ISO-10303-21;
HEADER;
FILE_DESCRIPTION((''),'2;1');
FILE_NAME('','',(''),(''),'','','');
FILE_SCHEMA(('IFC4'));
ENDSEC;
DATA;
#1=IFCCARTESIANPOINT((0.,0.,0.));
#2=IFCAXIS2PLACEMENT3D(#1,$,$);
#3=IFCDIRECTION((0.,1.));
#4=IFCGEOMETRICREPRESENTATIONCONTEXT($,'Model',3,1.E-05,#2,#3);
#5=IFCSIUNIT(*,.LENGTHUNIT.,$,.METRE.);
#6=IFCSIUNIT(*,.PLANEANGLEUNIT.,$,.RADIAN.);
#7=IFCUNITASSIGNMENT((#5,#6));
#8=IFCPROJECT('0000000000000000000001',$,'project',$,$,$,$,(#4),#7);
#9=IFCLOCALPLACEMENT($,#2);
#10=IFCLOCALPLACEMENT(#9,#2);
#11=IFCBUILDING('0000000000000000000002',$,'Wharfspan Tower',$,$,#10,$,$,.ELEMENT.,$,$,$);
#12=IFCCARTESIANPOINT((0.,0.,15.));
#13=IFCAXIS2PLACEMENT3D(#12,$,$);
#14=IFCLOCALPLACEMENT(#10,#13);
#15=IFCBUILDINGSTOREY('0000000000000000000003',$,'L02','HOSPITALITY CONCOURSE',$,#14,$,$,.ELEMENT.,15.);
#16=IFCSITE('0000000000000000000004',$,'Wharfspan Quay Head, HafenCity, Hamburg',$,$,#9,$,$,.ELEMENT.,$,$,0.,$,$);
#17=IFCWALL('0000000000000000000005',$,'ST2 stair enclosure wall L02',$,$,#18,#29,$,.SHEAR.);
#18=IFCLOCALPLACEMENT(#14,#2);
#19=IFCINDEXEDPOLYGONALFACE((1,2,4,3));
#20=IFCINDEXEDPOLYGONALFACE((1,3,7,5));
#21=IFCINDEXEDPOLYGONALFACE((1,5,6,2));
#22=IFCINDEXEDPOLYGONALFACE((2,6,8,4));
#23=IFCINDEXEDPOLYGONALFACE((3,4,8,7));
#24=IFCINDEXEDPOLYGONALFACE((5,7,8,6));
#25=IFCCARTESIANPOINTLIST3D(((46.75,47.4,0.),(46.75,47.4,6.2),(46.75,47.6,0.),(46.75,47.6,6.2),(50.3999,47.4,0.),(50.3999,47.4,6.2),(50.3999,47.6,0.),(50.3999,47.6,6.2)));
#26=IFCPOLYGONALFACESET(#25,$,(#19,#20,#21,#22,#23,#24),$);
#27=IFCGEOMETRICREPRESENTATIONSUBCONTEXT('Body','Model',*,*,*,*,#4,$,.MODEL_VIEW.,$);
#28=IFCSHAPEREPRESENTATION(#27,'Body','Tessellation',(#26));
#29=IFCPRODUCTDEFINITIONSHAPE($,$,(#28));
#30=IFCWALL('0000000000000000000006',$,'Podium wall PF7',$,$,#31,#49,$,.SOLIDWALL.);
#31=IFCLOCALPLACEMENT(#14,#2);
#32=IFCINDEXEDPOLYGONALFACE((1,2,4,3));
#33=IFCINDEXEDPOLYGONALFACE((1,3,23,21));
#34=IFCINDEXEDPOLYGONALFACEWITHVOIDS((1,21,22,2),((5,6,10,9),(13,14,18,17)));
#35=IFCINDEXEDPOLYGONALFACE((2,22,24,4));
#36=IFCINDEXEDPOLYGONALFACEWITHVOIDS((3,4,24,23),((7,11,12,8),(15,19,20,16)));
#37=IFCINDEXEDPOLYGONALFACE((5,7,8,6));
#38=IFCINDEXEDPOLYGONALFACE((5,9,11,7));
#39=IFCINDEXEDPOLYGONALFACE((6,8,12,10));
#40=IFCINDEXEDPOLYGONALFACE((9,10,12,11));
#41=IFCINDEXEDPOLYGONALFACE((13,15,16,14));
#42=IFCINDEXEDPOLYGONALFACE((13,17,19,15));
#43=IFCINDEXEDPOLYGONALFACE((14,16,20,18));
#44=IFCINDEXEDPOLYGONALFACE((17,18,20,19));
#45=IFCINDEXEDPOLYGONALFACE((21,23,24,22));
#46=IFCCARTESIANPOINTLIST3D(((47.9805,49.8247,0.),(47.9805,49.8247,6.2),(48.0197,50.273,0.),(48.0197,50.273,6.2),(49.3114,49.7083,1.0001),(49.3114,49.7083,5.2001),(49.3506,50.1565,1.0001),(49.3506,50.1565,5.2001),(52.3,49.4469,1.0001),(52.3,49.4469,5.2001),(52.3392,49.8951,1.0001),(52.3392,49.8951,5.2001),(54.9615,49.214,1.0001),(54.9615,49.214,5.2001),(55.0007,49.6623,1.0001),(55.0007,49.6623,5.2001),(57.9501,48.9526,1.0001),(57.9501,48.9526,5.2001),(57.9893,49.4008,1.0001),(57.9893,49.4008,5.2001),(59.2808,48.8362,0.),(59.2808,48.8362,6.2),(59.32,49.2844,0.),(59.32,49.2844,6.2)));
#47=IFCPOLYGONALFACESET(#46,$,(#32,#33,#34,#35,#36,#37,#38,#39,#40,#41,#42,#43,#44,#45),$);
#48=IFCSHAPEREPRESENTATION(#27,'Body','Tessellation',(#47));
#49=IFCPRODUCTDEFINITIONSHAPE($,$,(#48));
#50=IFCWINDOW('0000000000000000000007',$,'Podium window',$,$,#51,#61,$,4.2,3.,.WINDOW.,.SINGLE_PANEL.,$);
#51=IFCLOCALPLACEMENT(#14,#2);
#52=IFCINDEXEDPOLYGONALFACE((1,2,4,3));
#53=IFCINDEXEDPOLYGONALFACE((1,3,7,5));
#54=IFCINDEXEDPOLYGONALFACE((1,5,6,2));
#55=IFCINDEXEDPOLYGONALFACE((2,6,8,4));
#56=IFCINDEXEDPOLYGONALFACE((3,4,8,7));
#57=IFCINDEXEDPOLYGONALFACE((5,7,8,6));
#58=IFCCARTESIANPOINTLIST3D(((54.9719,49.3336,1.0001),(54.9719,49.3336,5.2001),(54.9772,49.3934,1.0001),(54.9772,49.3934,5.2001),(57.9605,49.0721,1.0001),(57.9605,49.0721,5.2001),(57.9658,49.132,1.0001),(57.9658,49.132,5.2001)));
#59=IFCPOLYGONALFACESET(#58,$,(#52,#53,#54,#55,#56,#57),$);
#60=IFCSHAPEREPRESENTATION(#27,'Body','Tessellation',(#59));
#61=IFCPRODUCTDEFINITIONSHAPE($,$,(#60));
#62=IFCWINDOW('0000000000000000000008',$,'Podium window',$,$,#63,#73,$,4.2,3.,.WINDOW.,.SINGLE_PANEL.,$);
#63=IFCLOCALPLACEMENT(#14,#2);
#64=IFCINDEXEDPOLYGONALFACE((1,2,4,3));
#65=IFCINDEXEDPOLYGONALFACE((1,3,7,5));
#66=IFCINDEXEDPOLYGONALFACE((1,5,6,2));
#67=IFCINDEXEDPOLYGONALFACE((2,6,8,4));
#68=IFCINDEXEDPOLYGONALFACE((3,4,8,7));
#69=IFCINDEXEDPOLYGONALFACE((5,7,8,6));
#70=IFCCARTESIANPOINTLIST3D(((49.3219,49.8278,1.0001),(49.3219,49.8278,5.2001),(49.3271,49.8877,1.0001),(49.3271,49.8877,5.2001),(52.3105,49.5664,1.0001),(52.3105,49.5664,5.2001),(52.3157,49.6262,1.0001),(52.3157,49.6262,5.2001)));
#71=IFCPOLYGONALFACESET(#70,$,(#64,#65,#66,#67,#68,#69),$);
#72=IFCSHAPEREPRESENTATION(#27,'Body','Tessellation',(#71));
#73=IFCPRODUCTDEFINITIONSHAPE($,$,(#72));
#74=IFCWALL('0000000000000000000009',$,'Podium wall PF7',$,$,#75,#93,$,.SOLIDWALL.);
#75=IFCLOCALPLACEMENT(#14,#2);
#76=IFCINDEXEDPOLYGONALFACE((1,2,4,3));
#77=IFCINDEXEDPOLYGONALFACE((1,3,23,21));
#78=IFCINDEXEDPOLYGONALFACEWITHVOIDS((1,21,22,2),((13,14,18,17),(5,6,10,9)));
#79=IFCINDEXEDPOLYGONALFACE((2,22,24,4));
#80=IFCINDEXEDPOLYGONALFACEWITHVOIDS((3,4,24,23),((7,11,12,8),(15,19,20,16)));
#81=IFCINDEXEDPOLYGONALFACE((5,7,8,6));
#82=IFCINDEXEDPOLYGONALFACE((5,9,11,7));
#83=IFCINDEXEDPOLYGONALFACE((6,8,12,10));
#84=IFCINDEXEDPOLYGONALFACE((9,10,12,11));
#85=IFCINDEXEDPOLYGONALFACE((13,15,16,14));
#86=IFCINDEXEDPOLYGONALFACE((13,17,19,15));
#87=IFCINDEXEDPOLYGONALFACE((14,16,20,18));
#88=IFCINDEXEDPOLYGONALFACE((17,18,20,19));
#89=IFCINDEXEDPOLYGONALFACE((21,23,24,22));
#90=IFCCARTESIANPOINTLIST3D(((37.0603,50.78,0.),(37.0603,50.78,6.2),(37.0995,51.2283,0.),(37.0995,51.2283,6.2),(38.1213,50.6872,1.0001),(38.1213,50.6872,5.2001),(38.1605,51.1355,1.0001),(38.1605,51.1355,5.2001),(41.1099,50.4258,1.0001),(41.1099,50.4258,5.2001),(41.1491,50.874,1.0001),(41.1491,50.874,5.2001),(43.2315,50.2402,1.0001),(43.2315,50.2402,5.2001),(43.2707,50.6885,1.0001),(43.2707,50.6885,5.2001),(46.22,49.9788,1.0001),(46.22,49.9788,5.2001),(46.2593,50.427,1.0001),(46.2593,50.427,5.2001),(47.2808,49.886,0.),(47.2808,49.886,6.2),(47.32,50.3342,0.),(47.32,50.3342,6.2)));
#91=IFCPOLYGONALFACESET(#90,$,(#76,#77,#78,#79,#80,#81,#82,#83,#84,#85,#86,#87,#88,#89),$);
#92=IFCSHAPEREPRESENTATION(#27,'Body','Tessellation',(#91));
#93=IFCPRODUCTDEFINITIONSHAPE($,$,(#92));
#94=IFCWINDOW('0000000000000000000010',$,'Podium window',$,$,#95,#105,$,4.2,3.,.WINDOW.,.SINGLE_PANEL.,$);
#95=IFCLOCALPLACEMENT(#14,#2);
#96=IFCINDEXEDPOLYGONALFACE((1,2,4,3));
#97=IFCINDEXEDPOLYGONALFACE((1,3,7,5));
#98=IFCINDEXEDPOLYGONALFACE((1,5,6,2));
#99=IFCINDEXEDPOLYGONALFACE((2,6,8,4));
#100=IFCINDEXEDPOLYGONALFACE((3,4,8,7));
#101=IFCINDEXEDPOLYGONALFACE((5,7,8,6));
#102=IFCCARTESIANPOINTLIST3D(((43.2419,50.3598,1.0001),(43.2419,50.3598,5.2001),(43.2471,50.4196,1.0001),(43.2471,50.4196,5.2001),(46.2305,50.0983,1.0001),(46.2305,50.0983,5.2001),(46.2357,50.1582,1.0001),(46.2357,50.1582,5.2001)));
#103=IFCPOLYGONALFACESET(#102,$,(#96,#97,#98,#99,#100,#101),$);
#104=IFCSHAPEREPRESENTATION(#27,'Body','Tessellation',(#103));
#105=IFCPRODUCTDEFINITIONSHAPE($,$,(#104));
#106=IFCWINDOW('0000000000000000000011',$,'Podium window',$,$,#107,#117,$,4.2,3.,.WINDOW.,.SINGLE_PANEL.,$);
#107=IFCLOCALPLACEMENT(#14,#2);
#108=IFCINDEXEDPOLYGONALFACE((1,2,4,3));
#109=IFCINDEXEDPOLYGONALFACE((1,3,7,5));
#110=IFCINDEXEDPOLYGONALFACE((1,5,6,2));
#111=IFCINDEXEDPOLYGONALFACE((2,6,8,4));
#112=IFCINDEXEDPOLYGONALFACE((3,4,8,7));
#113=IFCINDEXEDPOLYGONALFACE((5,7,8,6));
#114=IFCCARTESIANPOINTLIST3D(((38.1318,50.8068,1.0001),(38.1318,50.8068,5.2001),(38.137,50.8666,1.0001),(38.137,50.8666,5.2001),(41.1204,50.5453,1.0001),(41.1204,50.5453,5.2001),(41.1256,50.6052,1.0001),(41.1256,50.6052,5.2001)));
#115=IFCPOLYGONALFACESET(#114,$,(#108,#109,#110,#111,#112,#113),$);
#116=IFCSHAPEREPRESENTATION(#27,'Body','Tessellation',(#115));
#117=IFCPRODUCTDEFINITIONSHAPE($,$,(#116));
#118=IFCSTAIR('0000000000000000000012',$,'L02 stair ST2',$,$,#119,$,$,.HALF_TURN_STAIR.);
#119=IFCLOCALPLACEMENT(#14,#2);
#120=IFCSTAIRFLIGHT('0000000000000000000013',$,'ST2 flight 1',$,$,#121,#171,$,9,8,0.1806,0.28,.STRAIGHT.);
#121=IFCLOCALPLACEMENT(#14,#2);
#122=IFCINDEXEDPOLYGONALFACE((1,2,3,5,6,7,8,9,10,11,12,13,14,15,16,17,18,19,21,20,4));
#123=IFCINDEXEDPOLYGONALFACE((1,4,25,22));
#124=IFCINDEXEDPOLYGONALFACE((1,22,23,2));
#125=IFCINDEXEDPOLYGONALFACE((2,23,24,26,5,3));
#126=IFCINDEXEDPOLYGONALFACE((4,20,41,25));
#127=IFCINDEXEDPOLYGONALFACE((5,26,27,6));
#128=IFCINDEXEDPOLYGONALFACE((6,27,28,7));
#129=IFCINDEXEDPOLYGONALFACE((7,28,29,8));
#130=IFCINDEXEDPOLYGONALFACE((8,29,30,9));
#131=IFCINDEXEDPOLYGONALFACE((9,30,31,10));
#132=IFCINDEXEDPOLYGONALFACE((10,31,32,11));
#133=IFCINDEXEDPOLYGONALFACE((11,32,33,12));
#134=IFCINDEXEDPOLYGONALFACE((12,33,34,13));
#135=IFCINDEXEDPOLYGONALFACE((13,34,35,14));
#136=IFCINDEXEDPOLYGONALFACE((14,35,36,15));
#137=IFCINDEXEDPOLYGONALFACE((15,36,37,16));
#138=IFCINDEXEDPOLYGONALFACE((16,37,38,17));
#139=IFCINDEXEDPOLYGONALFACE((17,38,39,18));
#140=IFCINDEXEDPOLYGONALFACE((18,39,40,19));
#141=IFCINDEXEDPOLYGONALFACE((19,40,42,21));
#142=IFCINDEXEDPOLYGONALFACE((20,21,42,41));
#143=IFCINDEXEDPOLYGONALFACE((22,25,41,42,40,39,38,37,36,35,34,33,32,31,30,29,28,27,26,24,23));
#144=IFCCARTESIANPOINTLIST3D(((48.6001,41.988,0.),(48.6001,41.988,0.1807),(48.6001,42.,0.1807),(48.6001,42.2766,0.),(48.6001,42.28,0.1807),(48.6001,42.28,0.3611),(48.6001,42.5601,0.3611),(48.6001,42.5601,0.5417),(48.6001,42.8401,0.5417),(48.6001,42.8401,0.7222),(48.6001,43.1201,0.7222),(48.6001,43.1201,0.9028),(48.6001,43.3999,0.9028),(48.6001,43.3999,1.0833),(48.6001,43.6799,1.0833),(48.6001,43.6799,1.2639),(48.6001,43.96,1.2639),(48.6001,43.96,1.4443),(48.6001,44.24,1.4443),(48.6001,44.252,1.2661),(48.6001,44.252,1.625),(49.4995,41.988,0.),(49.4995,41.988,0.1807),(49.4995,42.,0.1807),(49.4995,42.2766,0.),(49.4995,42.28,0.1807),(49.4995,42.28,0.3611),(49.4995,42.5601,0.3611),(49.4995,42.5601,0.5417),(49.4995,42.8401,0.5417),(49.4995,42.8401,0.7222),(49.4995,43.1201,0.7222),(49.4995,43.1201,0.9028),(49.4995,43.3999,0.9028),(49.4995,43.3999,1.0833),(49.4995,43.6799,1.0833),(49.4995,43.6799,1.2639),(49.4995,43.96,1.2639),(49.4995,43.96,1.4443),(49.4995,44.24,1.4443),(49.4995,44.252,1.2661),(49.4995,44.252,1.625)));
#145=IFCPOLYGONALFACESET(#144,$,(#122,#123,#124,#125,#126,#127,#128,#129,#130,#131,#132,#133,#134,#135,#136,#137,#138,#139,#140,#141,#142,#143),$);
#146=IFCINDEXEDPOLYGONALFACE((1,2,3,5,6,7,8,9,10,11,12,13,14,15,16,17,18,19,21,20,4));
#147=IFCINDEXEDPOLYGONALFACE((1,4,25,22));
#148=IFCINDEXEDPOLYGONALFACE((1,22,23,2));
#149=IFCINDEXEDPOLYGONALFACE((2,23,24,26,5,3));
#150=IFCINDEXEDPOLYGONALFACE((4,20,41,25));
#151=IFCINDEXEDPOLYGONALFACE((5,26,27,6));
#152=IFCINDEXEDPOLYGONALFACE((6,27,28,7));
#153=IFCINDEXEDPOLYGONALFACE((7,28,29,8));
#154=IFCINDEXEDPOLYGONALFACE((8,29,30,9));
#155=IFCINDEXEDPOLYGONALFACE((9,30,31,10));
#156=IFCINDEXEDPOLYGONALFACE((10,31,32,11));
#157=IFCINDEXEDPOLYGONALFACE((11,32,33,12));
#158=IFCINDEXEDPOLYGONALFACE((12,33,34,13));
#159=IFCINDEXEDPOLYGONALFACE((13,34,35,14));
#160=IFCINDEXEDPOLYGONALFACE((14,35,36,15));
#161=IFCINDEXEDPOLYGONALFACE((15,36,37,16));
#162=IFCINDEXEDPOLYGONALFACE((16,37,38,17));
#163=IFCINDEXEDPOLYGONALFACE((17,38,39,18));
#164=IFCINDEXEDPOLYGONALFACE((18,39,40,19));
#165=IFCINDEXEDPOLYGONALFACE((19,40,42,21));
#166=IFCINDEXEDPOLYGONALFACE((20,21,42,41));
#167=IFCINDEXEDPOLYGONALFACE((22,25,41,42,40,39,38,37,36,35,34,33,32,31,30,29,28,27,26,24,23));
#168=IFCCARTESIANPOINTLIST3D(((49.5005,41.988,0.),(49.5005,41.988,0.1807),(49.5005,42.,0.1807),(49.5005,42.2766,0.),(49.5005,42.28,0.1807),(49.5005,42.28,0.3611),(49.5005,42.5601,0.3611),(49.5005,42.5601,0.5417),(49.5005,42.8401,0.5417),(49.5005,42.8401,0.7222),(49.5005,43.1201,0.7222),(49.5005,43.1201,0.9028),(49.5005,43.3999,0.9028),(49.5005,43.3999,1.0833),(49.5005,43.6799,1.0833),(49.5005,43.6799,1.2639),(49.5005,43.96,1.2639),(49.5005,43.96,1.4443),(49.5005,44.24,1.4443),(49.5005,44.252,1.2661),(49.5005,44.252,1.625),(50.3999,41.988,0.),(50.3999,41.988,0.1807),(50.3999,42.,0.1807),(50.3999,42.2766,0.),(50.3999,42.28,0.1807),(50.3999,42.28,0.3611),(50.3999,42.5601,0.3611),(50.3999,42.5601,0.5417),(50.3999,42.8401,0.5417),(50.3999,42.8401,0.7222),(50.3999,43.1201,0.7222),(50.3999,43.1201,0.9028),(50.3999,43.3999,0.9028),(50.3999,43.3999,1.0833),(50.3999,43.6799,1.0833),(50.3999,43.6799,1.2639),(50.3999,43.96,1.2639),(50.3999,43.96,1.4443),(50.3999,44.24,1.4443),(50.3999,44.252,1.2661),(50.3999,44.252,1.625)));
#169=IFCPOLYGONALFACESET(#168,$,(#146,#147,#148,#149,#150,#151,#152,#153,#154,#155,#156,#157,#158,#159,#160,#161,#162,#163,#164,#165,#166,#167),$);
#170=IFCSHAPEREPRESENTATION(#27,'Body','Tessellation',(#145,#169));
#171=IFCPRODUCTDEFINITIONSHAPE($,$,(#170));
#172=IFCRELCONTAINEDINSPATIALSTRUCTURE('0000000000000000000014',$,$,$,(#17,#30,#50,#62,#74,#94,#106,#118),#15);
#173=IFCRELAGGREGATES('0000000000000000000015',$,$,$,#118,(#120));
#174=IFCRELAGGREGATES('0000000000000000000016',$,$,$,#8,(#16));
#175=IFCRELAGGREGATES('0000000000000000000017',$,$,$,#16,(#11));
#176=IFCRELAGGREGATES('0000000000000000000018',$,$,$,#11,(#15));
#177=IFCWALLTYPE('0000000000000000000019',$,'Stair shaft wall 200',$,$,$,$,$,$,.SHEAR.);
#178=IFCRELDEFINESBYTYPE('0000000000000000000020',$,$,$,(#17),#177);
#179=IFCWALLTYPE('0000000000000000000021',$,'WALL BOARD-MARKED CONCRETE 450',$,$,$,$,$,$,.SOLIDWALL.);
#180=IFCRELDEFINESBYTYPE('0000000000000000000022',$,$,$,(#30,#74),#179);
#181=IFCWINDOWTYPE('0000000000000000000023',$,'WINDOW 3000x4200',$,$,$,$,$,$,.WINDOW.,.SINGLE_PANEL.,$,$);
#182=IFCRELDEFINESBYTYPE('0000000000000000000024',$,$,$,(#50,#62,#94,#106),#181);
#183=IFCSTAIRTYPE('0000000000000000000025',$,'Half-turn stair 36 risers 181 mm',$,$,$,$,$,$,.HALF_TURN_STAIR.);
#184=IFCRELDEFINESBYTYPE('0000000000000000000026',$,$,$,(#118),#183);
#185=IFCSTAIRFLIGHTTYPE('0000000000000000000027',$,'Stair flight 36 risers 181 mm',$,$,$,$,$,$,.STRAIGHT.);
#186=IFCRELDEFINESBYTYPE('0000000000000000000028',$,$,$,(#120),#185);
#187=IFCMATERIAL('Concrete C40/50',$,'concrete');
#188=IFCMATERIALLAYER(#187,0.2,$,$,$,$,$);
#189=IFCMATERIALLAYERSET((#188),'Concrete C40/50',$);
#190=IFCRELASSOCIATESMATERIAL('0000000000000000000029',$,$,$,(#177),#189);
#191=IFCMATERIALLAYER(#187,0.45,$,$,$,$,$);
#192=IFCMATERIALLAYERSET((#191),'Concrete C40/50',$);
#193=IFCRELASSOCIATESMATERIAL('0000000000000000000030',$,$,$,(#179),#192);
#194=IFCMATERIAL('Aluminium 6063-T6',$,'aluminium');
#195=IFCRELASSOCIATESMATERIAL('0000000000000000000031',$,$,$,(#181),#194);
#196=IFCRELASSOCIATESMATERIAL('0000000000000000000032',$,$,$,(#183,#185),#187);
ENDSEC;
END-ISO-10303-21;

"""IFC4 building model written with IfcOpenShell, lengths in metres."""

from ifc_helpers import new_model, si_unit, direction, frame, frame_2d, origin, place, context, subcontext, project, spatial, polyline, rectangle, outline, extrude, material, layer, layer_set, type_object, element, fill, aggregate, save


model = new_model("IFC4")

# Units and contexts
model_context = context("Model", 3, precision=1e-05, world=origin(), true_north=direction((0.0, 1.0)))
body_context = subcontext(model_context, "Body", "Model", "MODEL_VIEW")
ifc_project = project(units=[si_unit("LENGTHUNIT", "METRE"), si_unit("PLANEANGLEUNIT", "RADIAN")], contexts=[model_context])

# Site, building, storey
site_placement = place(None, origin())
site = spatial("IfcSite", under=ifc_project, at=site_placement, Name="Wharfspan Quay Head, HafenCity, Hamburg", CompositionType="ELEMENT", RefElevation=0.0)
building_placement = place(site_placement, origin())
building = spatial("IfcBuilding", under=site, at=building_placement, Name="Wharfspan Tower", CompositionType="ELEMENT")
storey_placement = place(building_placement, frame((0.0, 0.0, 15.0)))
storey = spatial("IfcBuildingStorey", under=building, at=storey_placement, Name="L02", Description="HOSPITALITY CONCOURSE", CompositionType="ELEMENT", Elevation=15.0)

# Wall
ifc_material_1 = material(Name="Concrete C40/50", Category="concrete")
ifc_layer_1 = layer(ifc_material_1, 0.2)
ifc_layer_set_1 = layer_set([ifc_layer_1], Name="Concrete C40/50")
wall_type_1 = type_object("IfcWallType", Name="Stair shaft wall 200", PredefinedType="SHEAR", material=ifc_layer_set_1)
wall_1_placement = place(storey_placement, frame((46.75, 47.5, 0.0), z_axis=(0.0, 0.0, 1.0), x_axis=(1.0, 0.0, 0.0)))
element("IfcWall", 1, at=wall_1_placement, inside=storey, type_object=wall_type_1, Name="ST2 stair enclosure wall L02", PredefinedType="SHEAR", context=body_context, shape_type="SweptSolid", body=[
    extrude(rectangle(XDim=3.6499, YDim=0.2, at=frame_2d((1.825, 0.0))), origin(), (0.0, 0.0, 1.0), 6.2),
])

# Walls, openings, windows
ifc_layer_2 = layer(ifc_material_1, 0.45)
ifc_layer_set_2 = layer_set([ifc_layer_2], Name="Concrete C40/50")
wall_type_2 = type_object("IfcWallType", Name="WALL BOARD-MARKED CONCRETE 450", PredefinedType="SOLIDWALL", material=ifc_layer_set_2)
wall_2_placement = place(storey_placement, frame((59.3005, 49.0603, 0.0), z_axis=(0.0, 0.0, 1.0), x_axis=(-0.996195, 0.087145, 0.0)))
wall_2 = element("IfcWall", 2, at=wall_2_placement, inside=storey, type_object=wall_type_2, Name="Podium wall PF7", PredefinedType="SOLIDWALL", context=body_context, shape_type="SweptSolid", body=[
    extrude(rectangle(XDim=11.3435, YDim=0.45, at=frame_2d((5.6719, 0.0))), origin(), (0.0, 0.0, 1.0), 6.2),
])
opening_1_placement = place(wall_2_placement, frame((1.3359, 0.0, 1.0)))
opening_1 = element("IfcOpeningElement", 3, at=opening_1_placement, cuts=wall_2, PredefinedType="OPENING", context=body_context, shape_type="SweptSolid", body=[
    extrude(rectangle(XDim=3.0, YDim=4.2, at=frame_2d((1.5, 2.1001))), frame((0.0, 0.2349, 0.0), z_axis=(0.0, -1.0, 0.0), x_axis=(1.0, 0.0, 0.0)), (0.0, 0.0, 1.0), 0.47),
])
opening_2_placement = place(wall_2_placement, frame((7.0076, 0.0, 1.0)))
opening_2 = element("IfcOpeningElement", 4, at=opening_2_placement, cuts=wall_2, PredefinedType="OPENING", context=body_context, shape_type="SweptSolid", body=[
    extrude(rectangle(XDim=3.0, YDim=4.2, at=frame_2d((1.5, 2.1001))), frame((0.0, 0.2349, 0.0), z_axis=(0.0, -1.0, 0.0), x_axis=(1.0, 0.0, 0.0)), (0.0, 0.0, 1.0), 0.47),
])
ifc_material_2 = material(Name="Aluminium 6063-T6", Category="aluminium")
window_type = type_object("IfcWindowType", Name="WINDOW 3000x4200", PartitioningType="SINGLE_PANEL", PredefinedType="WINDOW", material=ifc_material_2)
window_1_placement = place(opening_1_placement, origin())
window_1 = element("IfcWindow", 5, at=window_1_placement, inside=storey, type_object=window_type, Name="Podium window", OverallHeight=4.2, OverallWidth=3.0, PartitioningType="SINGLE_PANEL", PredefinedType="WINDOW", context=body_context, shape_type="SweptSolid", body=[
    extrude(rectangle(XDim=3.0, YDim=4.2, at=frame_2d((1.5, 2.1001))), frame((0.0, 0.105, 0.0), z_axis=(0.0, -1.0, 0.0), x_axis=(1.0, 0.0, 0.0)), (0.0, 0.0, 1.0), 0.0601),
])
fill(opening_1, window_1)
window_2_placement = place(opening_2_placement, origin())
window_2 = element("IfcWindow", 6, at=window_2_placement, inside=storey, type_object=window_type, Name="Podium window", OverallHeight=4.2, OverallWidth=3.0, PartitioningType="SINGLE_PANEL", PredefinedType="WINDOW", context=body_context, shape_type="SweptSolid", body=[
    extrude(rectangle(XDim=3.0, YDim=4.2, at=frame_2d((1.5, 2.1001))), frame((0.0, 0.105, 0.0), z_axis=(0.0, -1.0, 0.0), x_axis=(1.0, 0.0, 0.0)), (0.0, 0.0, 1.0), 0.0601),
])
fill(opening_2, window_2)
wall_3_placement = place(storey_placement, frame((47.3005, 50.1101, 0.0), z_axis=(0.0, 0.0, 1.0), x_axis=(-0.996195, 0.087143, 0.0)))
wall_3 = element("IfcWall", 7, at=wall_3_placement, inside=storey, type_object=wall_type_2, Name="Podium wall PF7", PredefinedType="SOLIDWALL", context=body_context, shape_type="SweptSolid", body=[
    extrude(rectangle(XDim=10.2595, YDim=0.45, at=frame_2d((5.1299, 0.0))), origin(), (0.0, 0.0, 1.0), 6.2),
])
opening_3_placement = place(wall_3_placement, frame((1.0649, 0.0, 1.0)))
opening_3 = element("IfcOpeningElement", 8, at=opening_3_placement, cuts=wall_3, PredefinedType="OPENING", context=body_context, shape_type="SweptSolid", body=[
    extrude(rectangle(XDim=3.0, YDim=4.2, at=frame_2d((1.5, 2.1001))), frame((0.0, 0.2349, 0.0), z_axis=(0.0, -1.0, 0.0), x_axis=(1.0, 0.0, 0.0)), (0.0, 0.0, 1.0), 0.47),
])
opening_4_placement = place(wall_3_placement, frame((6.1946, 0.0, 1.0)))
opening_4 = element("IfcOpeningElement", 9, at=opening_4_placement, cuts=wall_3, PredefinedType="OPENING", context=body_context, shape_type="SweptSolid", body=[
    extrude(rectangle(XDim=3.0, YDim=4.2, at=frame_2d((1.5, 2.1001))), frame((0.0, 0.2349, 0.0), z_axis=(0.0, -1.0, 0.0), x_axis=(1.0, 0.0, 0.0)), (0.0, 0.0, 1.0), 0.47),
])
window_3_placement = place(opening_3_placement, origin())
window_3 = element("IfcWindow", 10, at=window_3_placement, inside=storey, type_object=window_type, Name="Podium window", OverallHeight=4.2, OverallWidth=3.0, PartitioningType="SINGLE_PANEL", PredefinedType="WINDOW", context=body_context, shape_type="SweptSolid", body=[
    extrude(rectangle(XDim=3.0, YDim=4.2, at=frame_2d((1.5, 2.1001))), frame((0.0, 0.105, 0.0), z_axis=(0.0, -1.0, 0.0), x_axis=(1.0, 0.0, 0.0)), (0.0, 0.0, 1.0), 0.0601),
])
fill(opening_3, window_3)
window_4_placement = place(opening_4_placement, origin())
window_4 = element("IfcWindow", 11, at=window_4_placement, inside=storey, type_object=window_type, Name="Podium window", OverallHeight=4.2, OverallWidth=3.0, PartitioningType="SINGLE_PANEL", PredefinedType="WINDOW", context=body_context, shape_type="SweptSolid", body=[
    extrude(rectangle(XDim=3.0, YDim=4.2, at=frame_2d((1.5, 2.1001))), frame((0.0, 0.105, 0.0), z_axis=(0.0, -1.0, 0.0), x_axis=(1.0, 0.0, 0.0)), (0.0, 0.0, 1.0), 0.0601),
])
fill(opening_4, window_4)

# Stair, stair flight
stair_type = type_object("IfcStairType", Name="Half-turn stair 36 risers 181 mm", PredefinedType="HALF_TURN_STAIR", material=ifc_material_1)
stair_placement = place(storey_placement, origin())
stair = element("IfcStair", 12, at=stair_placement, inside=storey, type_object=stair_type, Name="L02 stair ST2", PredefinedType="HALF_TURN_STAIR")
stair_flight_type = type_object("IfcStairFlightType", Name="Stair flight 36 risers 181 mm", PredefinedType="STRAIGHT", material=ifc_material_1)
stair_flight_1_placement = place(storey_placement, frame((49.5, 42.0, 0.0), z_axis=(0.0, 0.0, 1.0), x_axis=(0.0, 1.0, 0.0)))
stair_flight_1 = element("IfcStairFlight", 13, at=stair_flight_1_placement, type_object=stair_flight_type, Name="ST2 flight 1", NumberOfRisers=9, NumberOfTreads=8, PredefinedType="STRAIGHT", RiserHeight=0.1806, TreadLength=0.28, context=body_context, shape_type="SweptSolid", body=[
    extrude(outline(polyline([(-0.012, 0.0), (-0.012, 0.1807), (0.0, 0.1807), (0.28, 0.1807), (0.28, 0.3611), (0.5601, 0.3611), (0.5601, 0.5417), (0.8401, 0.5417), (0.8401, 0.7222), (1.1201, 0.7222), (1.1201, 0.9028), (1.3999, 0.9028), (1.3999, 1.0833), (1.6799, 1.0833), (1.6799, 1.2639), (1.96, 1.2639), (1.96, 1.4443), (2.24, 1.4443), (2.252, 1.625), (2.252, 1.2661), (0.2766, 0.0), (-0.012, 0.0)])), frame((0.0, 0.8999, 0.0), z_axis=(0.0, -1.0, 0.0), x_axis=(1.0, 0.0, 0.0)), (0.0, 0.0, 1.0), 0.8994),
    extrude(outline(polyline([(-0.012, 0.0), (-0.012, 0.1807), (0.0, 0.1807), (0.28, 0.1807), (0.28, 0.3611), (0.5601, 0.3611), (0.5601, 0.5417), (0.8401, 0.5417), (0.8401, 0.7222), (1.1201, 0.7222), (1.1201, 0.9028), (1.3999, 0.9028), (1.3999, 1.0833), (1.6799, 1.0833), (1.6799, 1.2639), (1.96, 1.2639), (1.96, 1.4443), (2.24, 1.4443), (2.252, 1.625), (2.252, 1.2661), (0.2766, 0.0), (-0.012, 0.0)])), frame((0.0, -0.0005, 0.0), z_axis=(0.0, -1.0, 0.0), x_axis=(1.0, 0.0, 0.0)), (0.0, 0.0, 1.0), 0.8994),
])
aggregate(stair, [stair_flight_1])

save(model, "model.ifc")
